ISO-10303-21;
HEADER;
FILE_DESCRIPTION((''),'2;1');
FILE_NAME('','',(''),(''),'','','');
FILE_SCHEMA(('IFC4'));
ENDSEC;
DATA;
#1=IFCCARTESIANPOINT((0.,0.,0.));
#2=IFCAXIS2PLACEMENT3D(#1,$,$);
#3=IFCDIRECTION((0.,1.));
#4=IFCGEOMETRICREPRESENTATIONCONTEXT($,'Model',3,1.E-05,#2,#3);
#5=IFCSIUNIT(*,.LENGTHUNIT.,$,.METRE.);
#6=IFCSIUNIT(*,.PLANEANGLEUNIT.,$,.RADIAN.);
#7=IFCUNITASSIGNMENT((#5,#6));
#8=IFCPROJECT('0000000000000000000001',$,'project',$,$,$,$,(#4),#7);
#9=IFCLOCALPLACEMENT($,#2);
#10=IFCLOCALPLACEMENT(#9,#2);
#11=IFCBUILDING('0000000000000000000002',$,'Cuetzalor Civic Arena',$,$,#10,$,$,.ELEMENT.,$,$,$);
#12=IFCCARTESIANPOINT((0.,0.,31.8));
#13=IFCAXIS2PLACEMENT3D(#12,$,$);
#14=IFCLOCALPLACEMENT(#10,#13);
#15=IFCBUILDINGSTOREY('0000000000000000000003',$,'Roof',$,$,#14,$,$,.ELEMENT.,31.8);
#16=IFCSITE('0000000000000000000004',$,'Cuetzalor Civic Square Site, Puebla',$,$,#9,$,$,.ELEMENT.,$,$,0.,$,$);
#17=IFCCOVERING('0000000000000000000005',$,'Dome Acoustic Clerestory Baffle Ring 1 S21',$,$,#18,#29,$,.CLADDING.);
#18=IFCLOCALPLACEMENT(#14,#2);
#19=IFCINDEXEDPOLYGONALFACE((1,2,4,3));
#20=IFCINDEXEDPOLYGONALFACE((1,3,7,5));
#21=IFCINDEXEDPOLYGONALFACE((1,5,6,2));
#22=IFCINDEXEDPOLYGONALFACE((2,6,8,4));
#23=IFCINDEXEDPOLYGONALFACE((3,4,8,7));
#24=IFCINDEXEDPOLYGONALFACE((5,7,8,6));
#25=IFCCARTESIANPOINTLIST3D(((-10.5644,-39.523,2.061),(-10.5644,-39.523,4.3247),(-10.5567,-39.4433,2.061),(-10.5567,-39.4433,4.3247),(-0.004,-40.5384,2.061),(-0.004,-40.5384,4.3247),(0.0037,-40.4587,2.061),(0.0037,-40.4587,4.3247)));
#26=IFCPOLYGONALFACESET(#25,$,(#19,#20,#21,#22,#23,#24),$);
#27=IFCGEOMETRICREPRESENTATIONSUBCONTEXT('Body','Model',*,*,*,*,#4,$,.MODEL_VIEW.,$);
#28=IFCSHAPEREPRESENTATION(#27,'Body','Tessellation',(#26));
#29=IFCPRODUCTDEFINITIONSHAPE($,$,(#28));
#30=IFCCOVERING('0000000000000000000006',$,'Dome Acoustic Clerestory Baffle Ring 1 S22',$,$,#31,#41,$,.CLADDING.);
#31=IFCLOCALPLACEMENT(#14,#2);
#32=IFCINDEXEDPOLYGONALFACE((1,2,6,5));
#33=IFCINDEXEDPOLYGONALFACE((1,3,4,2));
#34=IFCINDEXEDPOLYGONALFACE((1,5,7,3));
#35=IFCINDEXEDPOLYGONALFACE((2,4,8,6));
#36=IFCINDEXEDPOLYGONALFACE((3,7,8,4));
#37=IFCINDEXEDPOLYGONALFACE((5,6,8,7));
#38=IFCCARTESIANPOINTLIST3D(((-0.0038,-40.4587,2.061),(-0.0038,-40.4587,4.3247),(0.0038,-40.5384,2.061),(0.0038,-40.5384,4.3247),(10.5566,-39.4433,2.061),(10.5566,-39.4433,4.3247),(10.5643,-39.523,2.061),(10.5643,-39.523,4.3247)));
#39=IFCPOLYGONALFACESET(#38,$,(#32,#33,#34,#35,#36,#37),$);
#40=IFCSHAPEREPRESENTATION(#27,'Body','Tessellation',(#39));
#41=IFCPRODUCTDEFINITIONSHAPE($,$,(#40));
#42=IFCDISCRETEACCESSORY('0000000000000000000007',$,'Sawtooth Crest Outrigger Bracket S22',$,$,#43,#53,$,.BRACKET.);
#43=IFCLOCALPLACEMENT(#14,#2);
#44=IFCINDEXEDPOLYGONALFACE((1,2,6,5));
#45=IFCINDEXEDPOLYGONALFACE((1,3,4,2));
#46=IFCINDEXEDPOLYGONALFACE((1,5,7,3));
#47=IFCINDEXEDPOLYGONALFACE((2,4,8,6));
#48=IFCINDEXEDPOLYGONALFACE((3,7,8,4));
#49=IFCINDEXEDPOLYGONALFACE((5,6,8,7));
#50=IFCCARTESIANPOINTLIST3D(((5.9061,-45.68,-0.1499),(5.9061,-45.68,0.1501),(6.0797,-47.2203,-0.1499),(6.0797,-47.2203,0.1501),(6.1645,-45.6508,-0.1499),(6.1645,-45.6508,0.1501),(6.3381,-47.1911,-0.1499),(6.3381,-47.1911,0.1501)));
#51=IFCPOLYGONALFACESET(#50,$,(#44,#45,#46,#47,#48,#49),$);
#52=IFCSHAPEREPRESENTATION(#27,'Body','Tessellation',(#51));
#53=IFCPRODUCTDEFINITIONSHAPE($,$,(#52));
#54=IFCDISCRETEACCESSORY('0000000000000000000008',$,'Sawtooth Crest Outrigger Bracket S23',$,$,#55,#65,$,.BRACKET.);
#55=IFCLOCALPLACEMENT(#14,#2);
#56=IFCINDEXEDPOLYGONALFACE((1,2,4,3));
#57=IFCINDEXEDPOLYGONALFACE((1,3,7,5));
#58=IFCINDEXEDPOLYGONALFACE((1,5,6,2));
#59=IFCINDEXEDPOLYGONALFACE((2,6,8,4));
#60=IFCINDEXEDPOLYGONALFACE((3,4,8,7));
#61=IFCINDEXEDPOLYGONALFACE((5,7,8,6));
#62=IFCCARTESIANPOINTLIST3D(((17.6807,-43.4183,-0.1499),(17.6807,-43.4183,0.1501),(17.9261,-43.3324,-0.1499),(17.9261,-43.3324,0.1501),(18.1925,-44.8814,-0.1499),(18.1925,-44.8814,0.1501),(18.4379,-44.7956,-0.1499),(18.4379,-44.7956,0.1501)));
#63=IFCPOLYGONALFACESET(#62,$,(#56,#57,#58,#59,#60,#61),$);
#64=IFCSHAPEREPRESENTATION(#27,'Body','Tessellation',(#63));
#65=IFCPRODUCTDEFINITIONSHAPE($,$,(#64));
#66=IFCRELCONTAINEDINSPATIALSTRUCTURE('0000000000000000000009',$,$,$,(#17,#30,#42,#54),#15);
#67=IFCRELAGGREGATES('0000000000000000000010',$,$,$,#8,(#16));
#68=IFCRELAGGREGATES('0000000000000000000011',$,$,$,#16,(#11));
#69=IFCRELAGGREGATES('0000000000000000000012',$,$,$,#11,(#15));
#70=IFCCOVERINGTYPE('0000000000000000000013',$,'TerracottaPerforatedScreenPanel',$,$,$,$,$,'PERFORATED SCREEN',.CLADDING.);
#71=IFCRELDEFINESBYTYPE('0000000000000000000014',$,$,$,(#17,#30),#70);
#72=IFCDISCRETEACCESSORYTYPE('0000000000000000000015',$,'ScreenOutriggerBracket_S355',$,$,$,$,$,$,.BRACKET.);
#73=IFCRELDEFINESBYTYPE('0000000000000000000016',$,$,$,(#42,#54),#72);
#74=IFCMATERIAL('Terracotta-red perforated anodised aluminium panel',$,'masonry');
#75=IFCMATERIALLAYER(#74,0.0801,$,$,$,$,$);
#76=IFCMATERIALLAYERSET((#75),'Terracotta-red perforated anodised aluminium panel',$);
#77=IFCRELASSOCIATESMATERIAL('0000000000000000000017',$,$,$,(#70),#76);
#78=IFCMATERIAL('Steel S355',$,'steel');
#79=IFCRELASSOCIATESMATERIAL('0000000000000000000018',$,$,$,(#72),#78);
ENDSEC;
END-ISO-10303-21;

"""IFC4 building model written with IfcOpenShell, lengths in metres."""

from ifc_helpers import new_model, si_unit, direction, frame, frame_2d, origin, origin_2d, place, context, subcontext, project, spatial, rectangle, extrude, material, layer, layer_set, type_object, element, save


model = new_model("IFC4")

# Units and contexts
model_context = context("Model", 3, precision=1e-05, world=origin(), true_north=direction((0.0, 1.0)))
body_context = subcontext(model_context, "Body", "Model", "MODEL_VIEW")
ifc_project = project(units=[si_unit("LENGTHUNIT", "METRE"), si_unit("PLANEANGLEUNIT", "RADIAN")], contexts=[model_context])

# Site, building, storey
site_placement = place(None, origin())
site = spatial("IfcSite", under=ifc_project, at=site_placement, Name="Cuetzalor Civic Square Site, Puebla", CompositionType="ELEMENT", RefElevation=0.0)
building_placement = place(site_placement, origin())
building = spatial("IfcBuilding", under=site, at=building_placement, Name="Cuetzalor Civic Arena", CompositionType="ELEMENT")
storey_placement = place(building_placement, frame((0.0, 0.0, 31.8)))
storey = spatial("IfcBuildingStorey", under=building, at=storey_placement, Name="Roof", CompositionType="ELEMENT", Elevation=31.8)

# Coverings
ifc_material_1 = material(Name="Terracotta-red perforated anodised aluminium panel", Category="masonry")
ifc_layer_1 = layer(ifc_material_1, 0.0801)
ifc_layer_set_1 = layer_set([ifc_layer_1], Name="Terracotta-red perforated anodised aluminium panel")
covering_type = type_object("IfcCoveringType", Name="TerracottaPerforatedScreenPanel", ElementType="PERFORATED SCREEN", PredefinedType="CLADDING", material=ifc_layer_set_1)
for number, where, z_axis, x_axis, name in (
    (1, (0.0, -40.4985, 2.061), (0.0, 0.0, 1.0), (-0.99541, 0.095707, 0.0), "Dome Acoustic Clerestory Baffle Ring 1 S21"),
    (2, (10.5605, -39.4832, 2.061), (0.0, 0.0, 1.0), (-0.99541, -0.095707, 0.0), "Dome Acoustic Clerestory Baffle Ring 1 S22"),
):
    element("IfcCovering", number, at=place(storey_placement, frame(where, z_axis=z_axis, x_axis=x_axis)), inside=storey, type_object=covering_type, Name=name, PredefinedType="CLADDING", context=body_context, shape_type="SweptSolid", body=[
        extrude(rectangle(XDim=10.6091, YDim=0.0801, at=frame_2d((5.3047, 0.0))), origin(), (0.0, 0.0, 1.0), 2.2637),
    ])

# Discrete accessories
ifc_material_2 = material(Name="Steel S355", Category="steel")
discrete_accessory_type = type_object("IfcDiscreteAccessoryType", Name="ScreenOutriggerBracket_S355", PredefinedType="BRACKET", material=ifc_material_2)
for number, where, z_axis, x_axis, name in (
    (3, (6.1221, -46.4355, -0.1499), (0.0, 0.0, 1.0), (0.111989, -0.993709, 0.0), "Sawtooth Crest Outrigger Bracket S22"),
    (4, (18.0593, -44.1069, -0.1499), (0.0, 0.0, 1.0), (0.330185, -0.943916, 0.0), "Sawtooth Crest Outrigger Bracket S23"),
):
    element("IfcDiscreteAccessory", number, at=place(storey_placement, frame(where, z_axis=z_axis, x_axis=x_axis)), inside=storey, type_object=discrete_accessory_type, Name=name, PredefinedType="BRACKET", context=body_context, shape_type="SweptSolid", body=[
        extrude(rectangle(XDim=1.55, YDim=0.26, at=origin_2d()), origin(), (0.0, 0.0, 1.0), 0.3),
    ])

save(model, "model.ifc")
